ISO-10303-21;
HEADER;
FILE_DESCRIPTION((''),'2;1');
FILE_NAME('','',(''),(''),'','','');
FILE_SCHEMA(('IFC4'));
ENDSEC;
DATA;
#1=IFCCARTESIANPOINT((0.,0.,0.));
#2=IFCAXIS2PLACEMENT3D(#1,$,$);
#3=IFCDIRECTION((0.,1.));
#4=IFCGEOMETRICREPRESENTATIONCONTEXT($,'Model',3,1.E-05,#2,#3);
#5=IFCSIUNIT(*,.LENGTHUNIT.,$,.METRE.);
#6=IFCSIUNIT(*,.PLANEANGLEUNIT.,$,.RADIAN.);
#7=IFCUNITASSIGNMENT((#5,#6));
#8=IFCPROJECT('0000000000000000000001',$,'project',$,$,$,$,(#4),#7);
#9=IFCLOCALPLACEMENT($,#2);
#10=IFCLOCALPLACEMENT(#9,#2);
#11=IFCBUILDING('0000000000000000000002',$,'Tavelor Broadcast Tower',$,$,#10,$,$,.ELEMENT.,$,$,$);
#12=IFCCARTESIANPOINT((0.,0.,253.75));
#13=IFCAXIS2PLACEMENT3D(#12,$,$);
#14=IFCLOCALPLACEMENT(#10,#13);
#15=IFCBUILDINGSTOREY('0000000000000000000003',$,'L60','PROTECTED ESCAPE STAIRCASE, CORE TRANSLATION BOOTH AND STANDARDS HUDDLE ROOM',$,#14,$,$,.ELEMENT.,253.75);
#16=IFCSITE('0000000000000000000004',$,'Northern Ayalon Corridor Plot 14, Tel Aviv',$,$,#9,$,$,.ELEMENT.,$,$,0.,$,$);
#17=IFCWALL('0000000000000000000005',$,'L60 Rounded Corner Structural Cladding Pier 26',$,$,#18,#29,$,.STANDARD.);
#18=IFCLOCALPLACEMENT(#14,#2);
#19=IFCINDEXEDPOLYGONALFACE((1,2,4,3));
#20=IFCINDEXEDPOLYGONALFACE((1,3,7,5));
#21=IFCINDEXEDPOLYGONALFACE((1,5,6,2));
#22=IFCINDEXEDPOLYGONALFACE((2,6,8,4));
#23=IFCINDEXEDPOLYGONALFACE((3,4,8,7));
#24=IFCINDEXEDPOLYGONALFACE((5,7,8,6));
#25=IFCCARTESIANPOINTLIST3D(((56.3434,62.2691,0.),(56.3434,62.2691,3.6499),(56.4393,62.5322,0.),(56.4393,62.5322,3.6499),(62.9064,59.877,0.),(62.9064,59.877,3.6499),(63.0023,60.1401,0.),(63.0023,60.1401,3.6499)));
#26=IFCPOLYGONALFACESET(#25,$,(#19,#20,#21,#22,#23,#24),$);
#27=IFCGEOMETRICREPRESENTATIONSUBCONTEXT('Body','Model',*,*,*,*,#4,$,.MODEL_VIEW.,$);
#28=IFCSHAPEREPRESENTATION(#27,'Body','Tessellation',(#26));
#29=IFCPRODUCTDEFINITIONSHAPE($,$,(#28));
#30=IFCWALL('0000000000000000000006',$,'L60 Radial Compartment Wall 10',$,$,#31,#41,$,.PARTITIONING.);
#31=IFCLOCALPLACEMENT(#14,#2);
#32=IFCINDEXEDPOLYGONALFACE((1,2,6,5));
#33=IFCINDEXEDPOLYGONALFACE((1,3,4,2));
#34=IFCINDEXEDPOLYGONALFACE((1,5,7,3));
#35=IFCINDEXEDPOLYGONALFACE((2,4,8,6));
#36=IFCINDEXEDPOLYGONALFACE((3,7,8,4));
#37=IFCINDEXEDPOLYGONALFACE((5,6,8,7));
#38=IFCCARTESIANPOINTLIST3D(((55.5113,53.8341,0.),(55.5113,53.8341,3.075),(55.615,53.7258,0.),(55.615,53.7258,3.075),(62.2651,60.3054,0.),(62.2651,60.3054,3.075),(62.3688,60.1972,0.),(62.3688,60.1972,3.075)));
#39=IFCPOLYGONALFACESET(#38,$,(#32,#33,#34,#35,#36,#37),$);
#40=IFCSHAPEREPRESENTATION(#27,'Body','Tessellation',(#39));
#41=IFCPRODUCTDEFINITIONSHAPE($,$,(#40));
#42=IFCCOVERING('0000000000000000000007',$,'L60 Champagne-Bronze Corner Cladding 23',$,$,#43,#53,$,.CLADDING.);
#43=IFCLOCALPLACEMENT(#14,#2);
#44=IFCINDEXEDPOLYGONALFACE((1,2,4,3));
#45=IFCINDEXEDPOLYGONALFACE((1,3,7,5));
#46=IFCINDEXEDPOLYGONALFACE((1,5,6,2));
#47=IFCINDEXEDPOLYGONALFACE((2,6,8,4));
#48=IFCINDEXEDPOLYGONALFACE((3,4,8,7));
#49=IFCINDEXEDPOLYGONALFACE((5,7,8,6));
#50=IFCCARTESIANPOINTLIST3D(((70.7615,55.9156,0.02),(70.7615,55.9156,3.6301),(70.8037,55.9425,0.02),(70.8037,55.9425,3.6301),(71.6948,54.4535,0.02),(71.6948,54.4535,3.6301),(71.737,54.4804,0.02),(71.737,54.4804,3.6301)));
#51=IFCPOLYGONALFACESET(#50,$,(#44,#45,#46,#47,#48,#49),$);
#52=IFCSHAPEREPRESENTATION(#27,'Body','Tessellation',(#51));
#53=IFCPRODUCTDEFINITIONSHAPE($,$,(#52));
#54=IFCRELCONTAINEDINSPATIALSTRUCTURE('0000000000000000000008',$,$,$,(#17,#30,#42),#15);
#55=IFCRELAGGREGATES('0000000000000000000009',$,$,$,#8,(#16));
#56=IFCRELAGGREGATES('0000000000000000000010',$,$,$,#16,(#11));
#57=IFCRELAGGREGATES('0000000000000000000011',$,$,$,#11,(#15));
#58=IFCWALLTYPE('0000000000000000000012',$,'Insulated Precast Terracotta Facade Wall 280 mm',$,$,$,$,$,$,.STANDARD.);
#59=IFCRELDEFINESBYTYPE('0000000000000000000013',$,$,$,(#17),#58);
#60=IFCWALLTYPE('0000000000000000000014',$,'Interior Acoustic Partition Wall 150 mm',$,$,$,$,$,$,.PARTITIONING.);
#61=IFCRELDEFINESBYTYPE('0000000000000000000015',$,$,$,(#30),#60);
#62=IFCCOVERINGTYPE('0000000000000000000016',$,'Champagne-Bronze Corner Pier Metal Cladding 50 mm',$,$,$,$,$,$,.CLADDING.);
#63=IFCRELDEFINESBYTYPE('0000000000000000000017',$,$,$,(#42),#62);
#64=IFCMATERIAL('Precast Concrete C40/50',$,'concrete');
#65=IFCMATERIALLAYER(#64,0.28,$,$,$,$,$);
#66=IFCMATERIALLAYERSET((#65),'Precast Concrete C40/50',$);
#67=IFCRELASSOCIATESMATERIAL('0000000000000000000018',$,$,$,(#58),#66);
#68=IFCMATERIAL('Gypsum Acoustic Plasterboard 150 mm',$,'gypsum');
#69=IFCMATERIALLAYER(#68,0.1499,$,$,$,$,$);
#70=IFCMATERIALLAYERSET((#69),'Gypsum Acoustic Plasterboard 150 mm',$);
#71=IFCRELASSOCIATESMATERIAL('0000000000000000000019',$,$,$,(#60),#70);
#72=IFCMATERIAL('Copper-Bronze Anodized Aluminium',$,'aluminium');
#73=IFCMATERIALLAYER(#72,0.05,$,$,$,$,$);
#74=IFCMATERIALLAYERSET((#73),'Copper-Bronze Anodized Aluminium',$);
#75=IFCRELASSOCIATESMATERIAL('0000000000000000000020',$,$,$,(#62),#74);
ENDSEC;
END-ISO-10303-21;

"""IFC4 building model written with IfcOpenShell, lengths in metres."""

from ifc_helpers import new_model, si_unit, direction, frame, frame_2d, origin, origin_2d, place, context, subcontext, project, spatial, rectangle, extrude, material, layer, layer_set, type_object, element, save


model = new_model("IFC4")

# Units and contexts
model_context = context("Model", 3, precision=1e-05, world=origin(), true_north=direction((0.0, 1.0)))
body_context = subcontext(model_context, "Body", "Model", "MODEL_VIEW")
ifc_project = project(units=[si_unit("LENGTHUNIT", "METRE"), si_unit("PLANEANGLEUNIT", "RADIAN")], contexts=[model_context])

# Site, building, storey
site_placement = place(None, origin())
site = spatial("IfcSite", under=ifc_project, at=site_placement, Name="Northern Ayalon Corridor Plot 14, Tel Aviv", CompositionType="ELEMENT", RefElevation=0.0)
building_placement = place(site_placement, origin())
building = spatial("IfcBuilding", under=site, at=building_placement, Name="Tavelor Broadcast Tower", CompositionType="ELEMENT")
storey_placement = place(building_placement, frame((0.0, 0.0, 253.75)))
storey = spatial("IfcBuildingStorey", under=building, at=storey_placement, Name="L60", Description="PROTECTED ESCAPE STAIRCASE, CORE TRANSLATION BOOTH AND STANDARDS HUDDLE ROOM", CompositionType="ELEMENT", Elevation=253.75)

# Walls
ifc_material_1 = material(Name="Precast Concrete C40/50", Category="concrete")
ifc_layer_1 = layer(ifc_material_1, 0.28)
ifc_layer_set_1 = layer_set([ifc_layer_1], Name="Precast Concrete C40/50")
wall_type_1 = type_object("IfcWallType", Name="Insulated Precast Terracotta Facade Wall 280 mm", PredefinedType="STANDARD", material=ifc_layer_set_1)
wall_1_placement = place(storey_placement, frame((62.9543, 60.0085, 0.0), z_axis=(0.0, 0.0, 1.0), x_axis=(-0.939538, 0.342445, 0.0)))
element("IfcWall", 1, at=wall_1_placement, inside=storey, type_object=wall_type_1, Name="L60 Rounded Corner Structural Cladding Pier 26", PredefinedType="STANDARD", context=body_context, shape_type="SweptSolid", body=[
    extrude(rectangle(XDim=6.9854, YDim=0.28, at=frame_2d((3.4927, 0.0))), origin(), (0.0, 0.0, 1.0), 3.6499),
])
ifc_material_2 = material(Name="Gypsum Acoustic Plasterboard 150 mm", Category="gypsum")
ifc_layer_2 = layer(ifc_material_2, 0.1499)
ifc_layer_set_2 = layer_set([ifc_layer_2], Name="Gypsum Acoustic Plasterboard 150 mm")
wall_type_2 = type_object("IfcWallType", Name="Interior Acoustic Partition Wall 150 mm", PredefinedType="PARTITIONING", material=ifc_layer_set_2)
wall_2_placement = place(storey_placement, frame((55.5632, 53.78, 0.0), z_axis=(0.0, 0.0, 1.0), x_axis=(0.722045, 0.691846, 0.0)))
element("IfcWall", 2, at=wall_2_placement, inside=storey, type_object=wall_type_2, Name="L60 Radial Compartment Wall 10", PredefinedType="PARTITIONING", context=body_context, shape_type="SweptSolid", body=[
    extrude(rectangle(XDim=9.3538, YDim=0.1499, at=frame_2d((4.6768, 0.0))), origin(), (0.0, 0.0, 1.0), 3.075),
])

# Covering
ifc_material_3 = material(Name="Copper-Bronze Anodized Aluminium", Category="aluminium")
ifc_layer_3 = layer(ifc_material_3, 0.05)
ifc_layer_set_3 = layer_set([ifc_layer_3], Name="Copper-Bronze Anodized Aluminium")
covering_type = type_object("IfcCoveringType", Name="Champagne-Bronze Corner Pier Metal Cladding 50 mm", PredefinedType="CLADDING", material=ifc_layer_set_3)
covering_placement = place(storey_placement, frame((71.2493, 55.198, 0.02), z_axis=(0.0, 0.0, 1.0), x_axis=(-0.538035, 0.842922, 0.0)))
element("IfcCovering", 3, at=covering_placement, inside=storey, type_object=covering_type, Name="L60 Champagne-Bronze Corner Cladding 23", PredefinedType="CLADDING", context=body_context, shape_type="SweptSolid", body=[
    extrude(rectangle(XDim=1.7346, YDim=0.05, at=origin_2d()), origin(), (0.0, 0.0, 1.0), 3.6101),
])

save(model, "model.ifc")
